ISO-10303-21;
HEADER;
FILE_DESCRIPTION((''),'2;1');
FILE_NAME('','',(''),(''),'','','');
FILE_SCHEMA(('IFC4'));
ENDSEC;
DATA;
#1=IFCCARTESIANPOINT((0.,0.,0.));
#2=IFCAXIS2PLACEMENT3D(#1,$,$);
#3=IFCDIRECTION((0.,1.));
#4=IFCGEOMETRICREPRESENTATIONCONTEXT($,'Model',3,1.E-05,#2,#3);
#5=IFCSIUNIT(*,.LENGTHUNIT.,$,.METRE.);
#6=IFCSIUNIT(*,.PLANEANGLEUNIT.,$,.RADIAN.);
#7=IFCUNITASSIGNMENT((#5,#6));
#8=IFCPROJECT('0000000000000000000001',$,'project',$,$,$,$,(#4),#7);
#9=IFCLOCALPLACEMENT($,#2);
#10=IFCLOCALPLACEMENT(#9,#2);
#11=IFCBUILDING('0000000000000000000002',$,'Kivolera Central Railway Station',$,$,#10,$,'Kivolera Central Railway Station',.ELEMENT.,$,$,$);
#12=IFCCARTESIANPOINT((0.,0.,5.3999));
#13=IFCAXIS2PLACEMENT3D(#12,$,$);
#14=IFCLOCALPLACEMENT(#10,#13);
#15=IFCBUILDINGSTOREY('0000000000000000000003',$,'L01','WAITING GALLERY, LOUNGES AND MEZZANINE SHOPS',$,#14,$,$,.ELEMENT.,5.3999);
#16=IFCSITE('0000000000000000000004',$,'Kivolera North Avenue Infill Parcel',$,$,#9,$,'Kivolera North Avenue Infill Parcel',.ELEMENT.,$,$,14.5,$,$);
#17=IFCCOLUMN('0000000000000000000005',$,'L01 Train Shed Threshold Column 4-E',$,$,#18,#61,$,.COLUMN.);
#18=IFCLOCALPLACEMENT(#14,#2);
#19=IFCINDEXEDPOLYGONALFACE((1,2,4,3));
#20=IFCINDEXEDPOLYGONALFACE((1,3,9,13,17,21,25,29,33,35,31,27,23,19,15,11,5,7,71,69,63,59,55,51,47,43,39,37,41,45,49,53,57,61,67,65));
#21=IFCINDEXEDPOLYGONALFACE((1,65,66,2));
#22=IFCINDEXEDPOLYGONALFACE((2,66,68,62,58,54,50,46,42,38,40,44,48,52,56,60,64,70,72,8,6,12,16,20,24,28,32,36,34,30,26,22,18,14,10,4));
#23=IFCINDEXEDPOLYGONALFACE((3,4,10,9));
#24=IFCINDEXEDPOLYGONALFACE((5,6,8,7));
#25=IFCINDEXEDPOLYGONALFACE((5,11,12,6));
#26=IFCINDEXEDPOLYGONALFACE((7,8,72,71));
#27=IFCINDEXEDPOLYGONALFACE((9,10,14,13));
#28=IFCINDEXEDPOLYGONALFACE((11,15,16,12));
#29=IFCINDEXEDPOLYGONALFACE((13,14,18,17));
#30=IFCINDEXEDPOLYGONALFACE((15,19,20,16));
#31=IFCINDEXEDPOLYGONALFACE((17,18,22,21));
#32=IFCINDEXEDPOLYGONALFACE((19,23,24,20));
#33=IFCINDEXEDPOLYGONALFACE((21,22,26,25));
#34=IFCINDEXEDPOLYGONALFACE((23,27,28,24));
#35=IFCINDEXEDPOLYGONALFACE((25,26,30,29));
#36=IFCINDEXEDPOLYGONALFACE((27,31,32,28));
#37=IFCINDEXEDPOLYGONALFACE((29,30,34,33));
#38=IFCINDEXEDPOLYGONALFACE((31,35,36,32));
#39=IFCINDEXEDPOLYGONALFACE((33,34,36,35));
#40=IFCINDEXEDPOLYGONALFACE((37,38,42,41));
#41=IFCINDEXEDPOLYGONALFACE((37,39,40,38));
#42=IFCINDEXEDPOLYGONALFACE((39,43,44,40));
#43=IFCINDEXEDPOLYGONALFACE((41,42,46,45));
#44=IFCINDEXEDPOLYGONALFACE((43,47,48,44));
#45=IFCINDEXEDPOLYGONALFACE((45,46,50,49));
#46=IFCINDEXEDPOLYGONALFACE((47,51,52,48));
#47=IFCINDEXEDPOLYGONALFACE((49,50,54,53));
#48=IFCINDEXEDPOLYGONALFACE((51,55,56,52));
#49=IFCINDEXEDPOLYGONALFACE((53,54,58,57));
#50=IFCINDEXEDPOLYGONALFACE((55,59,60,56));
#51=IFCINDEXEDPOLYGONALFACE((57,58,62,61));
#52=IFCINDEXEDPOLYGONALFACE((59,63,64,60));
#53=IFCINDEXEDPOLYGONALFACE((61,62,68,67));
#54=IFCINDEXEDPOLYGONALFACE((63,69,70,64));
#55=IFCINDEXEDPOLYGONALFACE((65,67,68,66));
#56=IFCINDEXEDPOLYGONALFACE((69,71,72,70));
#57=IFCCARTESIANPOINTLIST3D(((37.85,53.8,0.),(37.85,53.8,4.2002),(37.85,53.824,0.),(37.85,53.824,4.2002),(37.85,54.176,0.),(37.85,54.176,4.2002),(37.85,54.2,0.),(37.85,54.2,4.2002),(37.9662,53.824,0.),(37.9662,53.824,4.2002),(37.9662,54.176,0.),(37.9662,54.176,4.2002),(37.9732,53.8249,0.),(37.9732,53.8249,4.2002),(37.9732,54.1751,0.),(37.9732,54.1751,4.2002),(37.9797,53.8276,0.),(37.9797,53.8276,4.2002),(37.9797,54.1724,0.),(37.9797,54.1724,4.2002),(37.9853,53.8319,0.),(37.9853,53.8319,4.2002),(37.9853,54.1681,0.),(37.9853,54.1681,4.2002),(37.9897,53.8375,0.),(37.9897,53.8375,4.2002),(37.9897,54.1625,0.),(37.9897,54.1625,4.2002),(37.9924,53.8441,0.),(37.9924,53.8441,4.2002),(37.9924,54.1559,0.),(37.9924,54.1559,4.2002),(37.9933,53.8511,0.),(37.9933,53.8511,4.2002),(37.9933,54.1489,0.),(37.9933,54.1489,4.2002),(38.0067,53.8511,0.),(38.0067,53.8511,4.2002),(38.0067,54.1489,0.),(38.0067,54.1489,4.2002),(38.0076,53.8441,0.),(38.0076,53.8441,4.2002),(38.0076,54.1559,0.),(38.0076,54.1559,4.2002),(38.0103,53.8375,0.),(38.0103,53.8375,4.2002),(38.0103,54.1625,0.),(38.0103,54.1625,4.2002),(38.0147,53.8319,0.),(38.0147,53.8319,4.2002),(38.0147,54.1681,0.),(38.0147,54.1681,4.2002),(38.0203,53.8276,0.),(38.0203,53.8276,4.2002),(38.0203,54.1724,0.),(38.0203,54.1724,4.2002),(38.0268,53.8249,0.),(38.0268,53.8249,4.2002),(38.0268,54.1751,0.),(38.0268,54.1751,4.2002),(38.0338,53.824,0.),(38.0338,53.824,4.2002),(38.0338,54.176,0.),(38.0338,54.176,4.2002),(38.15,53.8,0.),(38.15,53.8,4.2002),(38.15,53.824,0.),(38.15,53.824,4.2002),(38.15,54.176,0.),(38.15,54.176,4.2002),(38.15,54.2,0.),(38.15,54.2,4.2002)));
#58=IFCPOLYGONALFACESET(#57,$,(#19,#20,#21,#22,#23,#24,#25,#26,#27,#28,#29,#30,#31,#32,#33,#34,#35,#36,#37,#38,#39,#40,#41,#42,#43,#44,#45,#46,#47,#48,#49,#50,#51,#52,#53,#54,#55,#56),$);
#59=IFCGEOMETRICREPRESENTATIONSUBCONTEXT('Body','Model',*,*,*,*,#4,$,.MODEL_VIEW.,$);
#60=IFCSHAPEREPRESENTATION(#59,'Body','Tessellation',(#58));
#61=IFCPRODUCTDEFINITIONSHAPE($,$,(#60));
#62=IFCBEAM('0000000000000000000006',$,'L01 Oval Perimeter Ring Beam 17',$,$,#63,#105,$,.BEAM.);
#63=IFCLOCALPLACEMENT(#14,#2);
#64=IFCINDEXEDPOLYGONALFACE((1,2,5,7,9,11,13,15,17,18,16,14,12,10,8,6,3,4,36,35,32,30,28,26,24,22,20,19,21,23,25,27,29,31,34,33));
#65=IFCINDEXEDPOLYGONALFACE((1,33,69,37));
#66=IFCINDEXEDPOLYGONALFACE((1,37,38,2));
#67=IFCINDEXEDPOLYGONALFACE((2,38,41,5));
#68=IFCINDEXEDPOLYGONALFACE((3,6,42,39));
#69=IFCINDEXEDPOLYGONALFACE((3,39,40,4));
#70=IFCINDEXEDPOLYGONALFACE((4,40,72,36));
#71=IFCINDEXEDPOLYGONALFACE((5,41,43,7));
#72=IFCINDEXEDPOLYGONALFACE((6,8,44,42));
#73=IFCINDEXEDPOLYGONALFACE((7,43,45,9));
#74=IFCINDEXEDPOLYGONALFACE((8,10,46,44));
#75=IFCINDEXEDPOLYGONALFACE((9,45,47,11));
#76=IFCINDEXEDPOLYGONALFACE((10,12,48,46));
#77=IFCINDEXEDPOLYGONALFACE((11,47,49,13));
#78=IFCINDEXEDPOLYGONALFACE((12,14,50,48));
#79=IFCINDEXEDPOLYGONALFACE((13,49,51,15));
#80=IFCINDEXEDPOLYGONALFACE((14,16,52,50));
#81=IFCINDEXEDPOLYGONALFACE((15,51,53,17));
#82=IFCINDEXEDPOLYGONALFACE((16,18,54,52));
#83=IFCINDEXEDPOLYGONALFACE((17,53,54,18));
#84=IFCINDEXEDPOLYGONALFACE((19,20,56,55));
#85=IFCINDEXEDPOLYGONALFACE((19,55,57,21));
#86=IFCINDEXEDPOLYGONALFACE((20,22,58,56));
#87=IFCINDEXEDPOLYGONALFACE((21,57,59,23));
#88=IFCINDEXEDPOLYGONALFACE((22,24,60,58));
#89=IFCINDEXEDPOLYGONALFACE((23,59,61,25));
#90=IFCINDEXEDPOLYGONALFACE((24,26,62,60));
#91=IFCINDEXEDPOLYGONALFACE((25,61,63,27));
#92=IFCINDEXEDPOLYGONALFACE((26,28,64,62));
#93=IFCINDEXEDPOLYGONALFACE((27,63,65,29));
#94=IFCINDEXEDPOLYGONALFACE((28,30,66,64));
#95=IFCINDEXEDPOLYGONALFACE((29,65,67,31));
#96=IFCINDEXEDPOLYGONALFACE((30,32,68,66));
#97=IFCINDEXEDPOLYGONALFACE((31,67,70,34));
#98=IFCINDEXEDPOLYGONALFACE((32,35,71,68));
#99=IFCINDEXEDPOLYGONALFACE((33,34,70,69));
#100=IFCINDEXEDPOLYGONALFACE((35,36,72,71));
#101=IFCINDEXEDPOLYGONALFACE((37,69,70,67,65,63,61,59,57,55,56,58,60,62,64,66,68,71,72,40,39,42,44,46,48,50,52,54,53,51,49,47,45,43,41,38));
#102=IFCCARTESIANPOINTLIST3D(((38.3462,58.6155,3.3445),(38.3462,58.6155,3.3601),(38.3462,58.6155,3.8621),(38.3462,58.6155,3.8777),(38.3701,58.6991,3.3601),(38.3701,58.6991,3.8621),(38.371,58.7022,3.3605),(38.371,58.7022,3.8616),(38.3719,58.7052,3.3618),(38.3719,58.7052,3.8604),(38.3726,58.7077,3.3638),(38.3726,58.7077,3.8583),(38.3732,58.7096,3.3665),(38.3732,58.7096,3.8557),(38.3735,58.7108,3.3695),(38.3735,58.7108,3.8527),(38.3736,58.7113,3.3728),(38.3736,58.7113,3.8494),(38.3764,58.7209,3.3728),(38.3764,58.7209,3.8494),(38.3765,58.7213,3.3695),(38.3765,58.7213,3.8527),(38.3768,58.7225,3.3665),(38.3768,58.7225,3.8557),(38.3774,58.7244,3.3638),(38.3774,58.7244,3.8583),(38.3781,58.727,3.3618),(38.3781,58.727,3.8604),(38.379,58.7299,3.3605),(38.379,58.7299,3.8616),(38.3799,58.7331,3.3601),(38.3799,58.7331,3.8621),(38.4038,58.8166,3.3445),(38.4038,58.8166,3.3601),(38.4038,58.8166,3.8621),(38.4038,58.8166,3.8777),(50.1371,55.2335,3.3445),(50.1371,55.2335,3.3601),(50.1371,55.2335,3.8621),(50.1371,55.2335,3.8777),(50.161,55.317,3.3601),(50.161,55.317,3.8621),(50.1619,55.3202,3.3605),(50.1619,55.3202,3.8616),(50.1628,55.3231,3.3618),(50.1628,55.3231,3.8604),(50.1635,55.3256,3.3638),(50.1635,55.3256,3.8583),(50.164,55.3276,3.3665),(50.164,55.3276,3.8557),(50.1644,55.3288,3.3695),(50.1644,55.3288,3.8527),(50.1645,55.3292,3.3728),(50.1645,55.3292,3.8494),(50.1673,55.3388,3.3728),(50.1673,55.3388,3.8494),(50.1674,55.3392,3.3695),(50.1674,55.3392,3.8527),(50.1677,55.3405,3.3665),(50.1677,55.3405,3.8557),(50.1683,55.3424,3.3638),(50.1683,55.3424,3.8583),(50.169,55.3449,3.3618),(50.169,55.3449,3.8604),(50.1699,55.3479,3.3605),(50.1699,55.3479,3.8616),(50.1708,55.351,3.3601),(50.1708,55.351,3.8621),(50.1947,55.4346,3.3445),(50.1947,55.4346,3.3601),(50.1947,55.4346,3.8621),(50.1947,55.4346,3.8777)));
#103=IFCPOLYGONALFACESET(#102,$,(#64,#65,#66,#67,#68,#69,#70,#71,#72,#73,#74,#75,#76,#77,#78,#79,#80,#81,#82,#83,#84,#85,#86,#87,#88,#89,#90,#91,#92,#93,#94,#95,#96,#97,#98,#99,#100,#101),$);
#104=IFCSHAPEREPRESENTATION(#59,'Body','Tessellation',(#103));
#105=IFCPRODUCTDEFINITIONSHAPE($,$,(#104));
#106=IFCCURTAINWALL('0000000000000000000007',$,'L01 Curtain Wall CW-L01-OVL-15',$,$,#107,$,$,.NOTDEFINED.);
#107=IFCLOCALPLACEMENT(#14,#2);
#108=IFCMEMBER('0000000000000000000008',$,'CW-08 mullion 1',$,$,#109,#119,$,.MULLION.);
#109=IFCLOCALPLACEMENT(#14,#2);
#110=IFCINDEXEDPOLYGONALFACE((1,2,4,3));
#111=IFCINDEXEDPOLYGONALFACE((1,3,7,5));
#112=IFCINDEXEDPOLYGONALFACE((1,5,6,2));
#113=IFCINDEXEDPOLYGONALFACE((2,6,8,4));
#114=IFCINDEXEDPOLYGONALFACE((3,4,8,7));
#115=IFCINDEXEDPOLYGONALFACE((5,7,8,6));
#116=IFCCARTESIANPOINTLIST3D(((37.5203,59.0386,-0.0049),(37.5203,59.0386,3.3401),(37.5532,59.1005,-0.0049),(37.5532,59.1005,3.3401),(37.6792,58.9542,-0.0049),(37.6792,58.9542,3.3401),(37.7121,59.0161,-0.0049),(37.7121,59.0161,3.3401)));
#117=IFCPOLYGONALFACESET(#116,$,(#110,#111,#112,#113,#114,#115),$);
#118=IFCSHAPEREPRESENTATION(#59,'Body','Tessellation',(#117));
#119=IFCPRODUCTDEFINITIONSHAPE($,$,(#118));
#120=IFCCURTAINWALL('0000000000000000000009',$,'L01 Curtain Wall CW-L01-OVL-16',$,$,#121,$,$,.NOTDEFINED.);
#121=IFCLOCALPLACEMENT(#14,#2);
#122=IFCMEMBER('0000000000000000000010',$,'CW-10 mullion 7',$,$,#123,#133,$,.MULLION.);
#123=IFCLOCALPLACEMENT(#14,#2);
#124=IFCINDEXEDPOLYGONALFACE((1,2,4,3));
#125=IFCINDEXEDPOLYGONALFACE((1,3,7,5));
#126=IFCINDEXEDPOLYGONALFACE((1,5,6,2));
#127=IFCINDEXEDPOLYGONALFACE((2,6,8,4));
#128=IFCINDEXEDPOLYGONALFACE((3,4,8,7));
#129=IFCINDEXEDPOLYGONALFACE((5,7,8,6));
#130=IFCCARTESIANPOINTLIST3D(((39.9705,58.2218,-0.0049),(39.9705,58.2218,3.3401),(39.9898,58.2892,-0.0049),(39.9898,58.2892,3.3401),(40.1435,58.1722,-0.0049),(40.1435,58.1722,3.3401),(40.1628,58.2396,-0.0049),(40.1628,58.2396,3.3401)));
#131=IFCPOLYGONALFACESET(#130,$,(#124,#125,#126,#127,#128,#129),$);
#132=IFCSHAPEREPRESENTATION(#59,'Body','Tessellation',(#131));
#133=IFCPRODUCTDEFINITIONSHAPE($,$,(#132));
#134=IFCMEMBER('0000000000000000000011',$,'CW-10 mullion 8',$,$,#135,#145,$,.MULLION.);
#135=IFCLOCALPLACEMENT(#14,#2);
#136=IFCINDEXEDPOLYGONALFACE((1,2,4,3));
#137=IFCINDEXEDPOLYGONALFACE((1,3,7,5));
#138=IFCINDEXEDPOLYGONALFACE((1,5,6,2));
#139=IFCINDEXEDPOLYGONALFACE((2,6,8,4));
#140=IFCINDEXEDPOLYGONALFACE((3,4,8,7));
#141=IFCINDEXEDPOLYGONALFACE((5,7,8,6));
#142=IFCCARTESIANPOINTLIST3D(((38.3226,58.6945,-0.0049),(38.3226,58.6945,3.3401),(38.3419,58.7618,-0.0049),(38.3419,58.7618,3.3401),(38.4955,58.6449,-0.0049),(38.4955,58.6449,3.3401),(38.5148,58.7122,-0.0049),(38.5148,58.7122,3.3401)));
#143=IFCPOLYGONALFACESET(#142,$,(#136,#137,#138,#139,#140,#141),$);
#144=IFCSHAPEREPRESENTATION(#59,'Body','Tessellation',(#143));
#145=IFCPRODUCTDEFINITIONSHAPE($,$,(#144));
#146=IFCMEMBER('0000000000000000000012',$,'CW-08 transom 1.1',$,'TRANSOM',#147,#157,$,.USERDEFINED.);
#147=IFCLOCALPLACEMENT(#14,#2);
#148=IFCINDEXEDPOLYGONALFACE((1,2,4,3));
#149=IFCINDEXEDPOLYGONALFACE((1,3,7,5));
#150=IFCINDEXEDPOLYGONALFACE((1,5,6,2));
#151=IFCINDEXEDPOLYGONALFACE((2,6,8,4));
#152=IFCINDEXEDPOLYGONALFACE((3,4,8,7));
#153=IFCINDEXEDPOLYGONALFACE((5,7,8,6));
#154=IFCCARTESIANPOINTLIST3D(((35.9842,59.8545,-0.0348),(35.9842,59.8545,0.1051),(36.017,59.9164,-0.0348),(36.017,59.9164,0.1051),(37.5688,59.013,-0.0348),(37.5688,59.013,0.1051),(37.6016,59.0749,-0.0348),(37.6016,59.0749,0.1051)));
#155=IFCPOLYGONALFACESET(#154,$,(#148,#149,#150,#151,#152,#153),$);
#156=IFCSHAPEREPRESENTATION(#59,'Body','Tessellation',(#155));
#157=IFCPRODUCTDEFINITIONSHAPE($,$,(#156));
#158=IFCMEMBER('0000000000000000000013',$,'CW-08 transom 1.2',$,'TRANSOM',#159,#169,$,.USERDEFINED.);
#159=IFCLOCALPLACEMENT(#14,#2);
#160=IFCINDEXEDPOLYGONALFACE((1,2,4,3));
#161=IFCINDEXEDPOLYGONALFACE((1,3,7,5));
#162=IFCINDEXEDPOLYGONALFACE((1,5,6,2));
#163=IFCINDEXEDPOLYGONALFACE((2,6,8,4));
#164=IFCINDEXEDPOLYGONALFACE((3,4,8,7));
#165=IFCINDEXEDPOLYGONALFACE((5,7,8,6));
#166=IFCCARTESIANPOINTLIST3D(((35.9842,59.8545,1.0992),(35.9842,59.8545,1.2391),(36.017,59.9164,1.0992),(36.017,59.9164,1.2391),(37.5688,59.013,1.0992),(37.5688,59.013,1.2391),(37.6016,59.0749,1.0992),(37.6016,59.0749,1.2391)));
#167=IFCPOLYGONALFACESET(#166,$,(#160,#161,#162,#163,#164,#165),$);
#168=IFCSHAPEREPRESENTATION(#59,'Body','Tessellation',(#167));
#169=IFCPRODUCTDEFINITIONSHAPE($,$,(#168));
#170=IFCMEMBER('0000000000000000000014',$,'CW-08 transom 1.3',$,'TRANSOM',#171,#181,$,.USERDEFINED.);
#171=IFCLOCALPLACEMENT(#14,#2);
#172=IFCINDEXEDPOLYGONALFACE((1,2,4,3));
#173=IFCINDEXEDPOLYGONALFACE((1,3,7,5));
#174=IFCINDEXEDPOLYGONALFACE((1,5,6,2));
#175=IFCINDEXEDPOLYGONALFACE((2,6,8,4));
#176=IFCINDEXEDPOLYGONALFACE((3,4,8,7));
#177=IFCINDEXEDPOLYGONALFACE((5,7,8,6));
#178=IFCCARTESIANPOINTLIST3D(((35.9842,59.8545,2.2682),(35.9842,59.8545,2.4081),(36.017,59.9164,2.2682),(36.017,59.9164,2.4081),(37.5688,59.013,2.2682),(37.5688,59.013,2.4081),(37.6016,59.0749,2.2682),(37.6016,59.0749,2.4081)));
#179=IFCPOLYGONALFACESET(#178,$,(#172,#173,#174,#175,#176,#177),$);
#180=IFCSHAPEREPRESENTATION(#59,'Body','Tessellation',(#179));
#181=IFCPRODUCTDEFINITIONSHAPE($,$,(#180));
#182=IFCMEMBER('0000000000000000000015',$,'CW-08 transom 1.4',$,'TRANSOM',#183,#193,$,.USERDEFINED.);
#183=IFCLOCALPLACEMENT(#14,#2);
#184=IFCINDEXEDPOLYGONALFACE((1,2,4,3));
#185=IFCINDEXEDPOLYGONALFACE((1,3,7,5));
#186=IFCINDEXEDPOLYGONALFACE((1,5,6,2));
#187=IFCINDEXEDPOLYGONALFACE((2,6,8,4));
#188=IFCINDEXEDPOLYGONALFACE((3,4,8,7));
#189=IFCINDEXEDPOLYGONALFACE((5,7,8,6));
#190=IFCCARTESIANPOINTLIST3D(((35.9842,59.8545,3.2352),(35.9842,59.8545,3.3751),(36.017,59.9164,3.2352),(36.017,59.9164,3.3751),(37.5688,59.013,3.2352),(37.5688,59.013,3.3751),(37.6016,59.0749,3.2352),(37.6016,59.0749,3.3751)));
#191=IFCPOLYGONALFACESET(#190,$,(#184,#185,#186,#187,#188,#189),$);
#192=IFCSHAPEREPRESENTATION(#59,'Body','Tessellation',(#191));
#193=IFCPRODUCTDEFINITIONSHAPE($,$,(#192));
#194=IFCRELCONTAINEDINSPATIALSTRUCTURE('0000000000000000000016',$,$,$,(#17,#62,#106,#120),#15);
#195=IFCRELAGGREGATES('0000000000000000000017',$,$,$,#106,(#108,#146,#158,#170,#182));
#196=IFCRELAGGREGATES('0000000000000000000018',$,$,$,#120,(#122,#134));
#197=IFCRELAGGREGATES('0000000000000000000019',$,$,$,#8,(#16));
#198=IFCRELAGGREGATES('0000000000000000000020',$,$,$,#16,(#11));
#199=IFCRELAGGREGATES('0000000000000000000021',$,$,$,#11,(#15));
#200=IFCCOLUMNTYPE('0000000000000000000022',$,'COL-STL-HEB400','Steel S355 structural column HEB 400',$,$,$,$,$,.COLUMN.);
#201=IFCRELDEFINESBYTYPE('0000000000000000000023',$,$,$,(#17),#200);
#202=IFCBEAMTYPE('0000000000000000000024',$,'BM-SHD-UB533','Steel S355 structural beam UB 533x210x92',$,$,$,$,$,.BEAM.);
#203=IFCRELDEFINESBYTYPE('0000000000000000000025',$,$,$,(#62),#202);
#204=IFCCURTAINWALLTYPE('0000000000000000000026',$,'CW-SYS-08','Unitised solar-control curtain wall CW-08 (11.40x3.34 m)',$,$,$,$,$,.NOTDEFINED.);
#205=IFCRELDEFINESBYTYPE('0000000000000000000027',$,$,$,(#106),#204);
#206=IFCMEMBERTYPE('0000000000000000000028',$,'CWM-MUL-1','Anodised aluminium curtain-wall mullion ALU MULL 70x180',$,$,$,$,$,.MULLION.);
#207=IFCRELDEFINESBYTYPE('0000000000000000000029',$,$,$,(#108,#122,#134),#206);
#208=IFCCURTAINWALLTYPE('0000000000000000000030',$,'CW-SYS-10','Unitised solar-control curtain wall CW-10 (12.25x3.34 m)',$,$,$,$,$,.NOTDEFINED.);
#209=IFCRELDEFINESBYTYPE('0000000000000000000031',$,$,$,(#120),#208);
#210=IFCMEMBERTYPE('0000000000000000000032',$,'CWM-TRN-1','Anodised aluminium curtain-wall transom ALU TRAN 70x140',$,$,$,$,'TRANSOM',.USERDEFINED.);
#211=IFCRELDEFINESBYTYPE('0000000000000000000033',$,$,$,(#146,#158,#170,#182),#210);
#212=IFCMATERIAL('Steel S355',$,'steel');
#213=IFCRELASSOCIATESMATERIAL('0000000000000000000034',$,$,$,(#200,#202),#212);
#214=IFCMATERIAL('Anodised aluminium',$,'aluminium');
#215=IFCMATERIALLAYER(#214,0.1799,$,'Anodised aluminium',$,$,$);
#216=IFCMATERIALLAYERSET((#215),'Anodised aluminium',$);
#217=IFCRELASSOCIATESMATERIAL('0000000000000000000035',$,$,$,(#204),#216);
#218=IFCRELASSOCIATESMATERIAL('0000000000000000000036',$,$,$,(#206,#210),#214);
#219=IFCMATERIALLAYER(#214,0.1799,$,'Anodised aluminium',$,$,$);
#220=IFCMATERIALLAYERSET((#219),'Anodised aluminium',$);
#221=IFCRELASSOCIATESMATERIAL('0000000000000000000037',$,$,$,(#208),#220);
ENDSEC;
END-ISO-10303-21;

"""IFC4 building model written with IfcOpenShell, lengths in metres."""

from ifc_helpers import new_model, si_unit, direction, frame, origin, origin_2d, place, context, subcontext, project, spatial, rectangle, i_section, extrude, material, layer, layer_set, material_profile, profile_set, type_object, element, aggregate, save


model = new_model("IFC4")

# Units and contexts
model_context = context("Model", 3, precision=1e-05, world=origin(), true_north=direction((0.0, 1.0)))
body_context = subcontext(model_context, "Body", "Model", "MODEL_VIEW")
ifc_project = project(units=[si_unit("LENGTHUNIT", "METRE"), si_unit("PLANEANGLEUNIT", "RADIAN")], contexts=[model_context])

# Site, building, storey
site_placement = place(None, origin())
site = spatial("IfcSite", under=ifc_project, at=site_placement, Name="Kivolera North Avenue Infill Parcel", LongName="Kivolera North Avenue Infill Parcel", CompositionType="ELEMENT", RefElevation=14.5)
building_placement = place(site_placement, origin())
building = spatial("IfcBuilding", under=site, at=building_placement, Name="Kivolera Central Railway Station", LongName="Kivolera Central Railway Station", CompositionType="ELEMENT")
storey_placement = place(building_placement, frame((0.0, 0.0, 5.3999)))
storey = spatial("IfcBuildingStorey", under=building, at=storey_placement, Name="L01", Description="WAITING GALLERY, LOUNGES AND MEZZANINE SHOPS", CompositionType="ELEMENT", Elevation=5.3999)

# Column
ifc_material_1 = material(Name="Steel S355", Category="steel")
ifc_material_profile_1 = material_profile(ifc_material_1, i_section(OverallWidth=0.3, OverallDepth=0.3999, WebThickness=0.0134, FlangeThickness=0.0239, FilletRadius=0.0271, at=origin_2d()), Name="HEB 400")
ifc_profile_set_1 = profile_set([ifc_material_profile_1], Name="Steel S355")
column_type_1 = type_object("IfcColumnType", Name="COL-STL-HEB400", Description="Steel S355 structural column HEB 400", PredefinedType="COLUMN", material=ifc_profile_set_1)
for number, where, z_axis, x_axis, name in (
    (1, (38.0, 54.0, 0.0), (0.0, 0.0, 1.0), (1.0, 0.0, 0.0), "L01 Train Shed Threshold Column 4-E"),
):
    element("IfcColumn", number, at=place(storey_placement, frame(where, z_axis=z_axis, x_axis=x_axis)), inside=storey, type_object=column_type_1, Name=name, PredefinedType="COLUMN", context=body_context, shape_type="SweptSolid", body=[
        extrude(i_section(OverallWidth=0.3, OverallDepth=0.3999, WebThickness=0.0134, FlangeThickness=0.0239, FilletRadius=0.0271, at=origin_2d()), origin(), (0.0, 0.0, 1.0), 4.2002),
    ])

# Beam
ifc_material_profile_2 = material_profile(ifc_material_1, i_section(OverallWidth=0.2092, OverallDepth=0.5332, WebThickness=0.01, FlangeThickness=0.0156, FilletRadius=0.0127, at=origin_2d()), Name="UB 533x210x92")
ifc_profile_set_2 = profile_set([ifc_material_profile_2], Name="Steel S355")
beam_type = type_object("IfcBeamType", Name="BM-SHD-UB533", Description="Steel S355 structural beam UB 533x210x92", PredefinedType="BEAM", material=ifc_profile_set_2)
beam_placement = place(storey_placement, frame((38.375, 58.7161, 3.6111), z_axis=(0.961239, -0.275717, 0.0), x_axis=(0.275717, 0.961239, 0.0)))
element("IfcBeam", 2, at=beam_placement, inside=storey, type_object=beam_type, Name="L01 Oval Perimeter Ring Beam 17", PredefinedType="BEAM", context=body_context, shape_type="SweptSolid", body=[
    extrude(i_section(OverallWidth=0.2092, OverallDepth=0.5332, WebThickness=0.01, FlangeThickness=0.0156, FilletRadius=0.0127, at=origin_2d()), origin(), (0.0, 0.0, 1.0), 12.2664),
])

# Curtain wall, member
ifc_material_2 = material(Name="Anodised aluminium", Category="aluminium")
ifc_layer_1 = layer(ifc_material_2, 0.1799, Name="Anodised aluminium")
ifc_layer_set_1 = layer_set([ifc_layer_1], Name="Anodised aluminium")
curtain_wall_type_1 = type_object("IfcCurtainWallType", Name="CW-SYS-08", Description="Unitised solar-control curtain wall CW-08 (11.40x3.34 m)", PredefinedType="NOTDEFINED", material=ifc_layer_set_1)
curtain_wall_1_placement = place(storey_placement, origin())
curtain_wall_1 = element("IfcCurtainWall", 3, at=curtain_wall_1_placement, inside=storey, type_object=curtain_wall_type_1, Name="L01 Curtain Wall CW-L01-OVL-15", PredefinedType="NOTDEFINED")
ifc_material_profile_3 = material_profile(ifc_material_2, rectangle(XDim=0.0701, YDim=0.1799, at=origin_2d()), Name="ALU MULL 70x180")
ifc_profile_set_3 = profile_set([ifc_material_profile_3], Name="Anodised aluminium")
member_type_1 = type_object("IfcMemberType", Name="CWM-MUL-1", Description="Anodised aluminium curtain-wall mullion ALU MULL 70x180", PredefinedType="MULLION", material=ifc_profile_set_3)
member_1_placement = place(storey_placement, frame((37.6162, 59.0273, -0.0049), z_axis=(0.0, 0.0, 1.0), x_axis=(-0.469053, -0.88317, 0.0)))
member_1 = element("IfcMember", 4, at=member_1_placement, type_object=member_type_1, Name="CW-08 mullion 1", PredefinedType="MULLION", context=body_context, shape_type="SweptSolid", body=[
    extrude(rectangle(XDim=0.0701, YDim=0.1799, at=origin_2d()), origin(), (0.0, 0.0, 1.0), 3.345),
])

# Curtain wall, members
ifc_layer_2 = layer(ifc_material_2, 0.1799, Name="Anodised aluminium")
ifc_layer_set_2 = layer_set([ifc_layer_2], Name="Anodised aluminium")
curtain_wall_type_2 = type_object("IfcCurtainWallType", Name="CW-SYS-10", Description="Unitised solar-control curtain wall CW-10 (12.25x3.34 m)", PredefinedType="NOTDEFINED", material=ifc_layer_set_2)
curtain_wall_2_placement = place(storey_placement, origin())
curtain_wall_2 = element("IfcCurtainWall", 5, at=curtain_wall_2_placement, inside=storey, type_object=curtain_wall_type_2, Name="L01 Curtain Wall CW-L01-OVL-16", PredefinedType="NOTDEFINED")
member_2_placement = place(storey_placement, frame((40.0667, 58.2307, -0.0049), z_axis=(0.0, 0.0, 1.0), x_axis=(-0.275692, -0.961246, 0.0)))
member_2 = element("IfcMember", 6, at=member_2_placement, type_object=member_type_1, Name="CW-10 mullion 7", PredefinedType="MULLION", context=body_context, shape_type="SweptSolid", body=[
    extrude(rectangle(XDim=0.0701, YDim=0.1799, at=origin_2d()), origin(), (0.0, 0.0, 1.0), 3.345),
])
member_3_placement = place(storey_placement, frame((38.4187, 58.7034, -0.0049), z_axis=(0.0, 0.0, 1.0), x_axis=(-0.275692, -0.961246, 0.0)))
member_3 = element("IfcMember", 7, at=member_3_placement, type_object=member_type_1, Name="CW-10 mullion 8", PredefinedType="MULLION", context=body_context, shape_type="SweptSolid", body=[
    extrude(rectangle(XDim=0.0701, YDim=0.1799, at=origin_2d()), origin(), (0.0, 0.0, 1.0), 3.345),
])

# Members
ifc_material_profile_4 = material_profile(ifc_material_2, rectangle(XDim=0.0701, YDim=0.1399, at=origin_2d()), Name="ALU TRAN 70x140")
ifc_profile_set_4 = profile_set([ifc_material_profile_4], Name="Anodised aluminium")
member_type_2 = type_object("IfcMemberType", Name="CWM-TRN-1", Description="Anodised aluminium curtain-wall transom ALU TRAN 70x140", ElementType="TRANSOM", PredefinedType="USERDEFINED", material=ifc_profile_set_4)
member_4_placement = place(storey_placement, frame((37.5852, 59.0439, 0.0352), z_axis=(-0.883191, 0.469013, 0.0), x_axis=(-0.469013, -0.883191, 0.0)))
member_4 = element("IfcMember", 8, at=member_4_placement, type_object=member_type_2, Name="CW-08 transom 1.1", ObjectType="TRANSOM", PredefinedType="USERDEFINED", context=body_context, shape_type="SweptSolid", body=[
    extrude(rectangle(XDim=0.0701, YDim=0.1399, at=origin_2d()), origin(), (0.0, 0.0, 1.0), 1.7942),
])
member_5_placement = place(storey_placement, frame((37.5852, 59.0439, 1.1692), z_axis=(-0.883191, 0.469013, 0.0), x_axis=(-0.469013, -0.883191, 0.0)))
member_5 = element("IfcMember", 9, at=member_5_placement, type_object=member_type_2, Name="CW-08 transom 1.2", ObjectType="TRANSOM", PredefinedType="USERDEFINED", context=body_context, shape_type="SweptSolid", body=[
    extrude(rectangle(XDim=0.0701, YDim=0.1399, at=origin_2d()), origin(), (0.0, 0.0, 1.0), 1.7942),
])
member_6_placement = place(storey_placement, frame((37.5852, 59.0439, 2.3381), z_axis=(-0.883191, 0.469013, 0.0), x_axis=(-0.469013, -0.883191, 0.0)))
member_6 = element("IfcMember", 10, at=member_6_placement, type_object=member_type_2, Name="CW-08 transom 1.3", ObjectType="TRANSOM", PredefinedType="USERDEFINED", context=body_context, shape_type="SweptSolid", body=[
    extrude(rectangle(XDim=0.0701, YDim=0.1399, at=origin_2d()), origin(), (0.0, 0.0, 1.0), 1.7942),
])
member_7_placement = place(storey_placement, frame((37.5852, 59.0439, 3.3052), z_axis=(-0.883191, 0.469013, 0.0), x_axis=(-0.469013, -0.883191, 0.0)))
member_7 = element("IfcMember", 11, at=member_7_placement, type_object=member_type_2, Name="CW-08 transom 1.4", ObjectType="TRANSOM", PredefinedType="USERDEFINED", context=body_context, shape_type="SweptSolid", body=[
    extrude(rectangle(XDim=0.0701, YDim=0.1399, at=origin_2d()), origin(), (0.0, 0.0, 1.0), 1.7942),
])

aggregate(curtain_wall_1, [member_1, member_4, member_5, member_6, member_7])
aggregate(curtain_wall_2, [member_2, member_3])

save(model, "model.ifc")
